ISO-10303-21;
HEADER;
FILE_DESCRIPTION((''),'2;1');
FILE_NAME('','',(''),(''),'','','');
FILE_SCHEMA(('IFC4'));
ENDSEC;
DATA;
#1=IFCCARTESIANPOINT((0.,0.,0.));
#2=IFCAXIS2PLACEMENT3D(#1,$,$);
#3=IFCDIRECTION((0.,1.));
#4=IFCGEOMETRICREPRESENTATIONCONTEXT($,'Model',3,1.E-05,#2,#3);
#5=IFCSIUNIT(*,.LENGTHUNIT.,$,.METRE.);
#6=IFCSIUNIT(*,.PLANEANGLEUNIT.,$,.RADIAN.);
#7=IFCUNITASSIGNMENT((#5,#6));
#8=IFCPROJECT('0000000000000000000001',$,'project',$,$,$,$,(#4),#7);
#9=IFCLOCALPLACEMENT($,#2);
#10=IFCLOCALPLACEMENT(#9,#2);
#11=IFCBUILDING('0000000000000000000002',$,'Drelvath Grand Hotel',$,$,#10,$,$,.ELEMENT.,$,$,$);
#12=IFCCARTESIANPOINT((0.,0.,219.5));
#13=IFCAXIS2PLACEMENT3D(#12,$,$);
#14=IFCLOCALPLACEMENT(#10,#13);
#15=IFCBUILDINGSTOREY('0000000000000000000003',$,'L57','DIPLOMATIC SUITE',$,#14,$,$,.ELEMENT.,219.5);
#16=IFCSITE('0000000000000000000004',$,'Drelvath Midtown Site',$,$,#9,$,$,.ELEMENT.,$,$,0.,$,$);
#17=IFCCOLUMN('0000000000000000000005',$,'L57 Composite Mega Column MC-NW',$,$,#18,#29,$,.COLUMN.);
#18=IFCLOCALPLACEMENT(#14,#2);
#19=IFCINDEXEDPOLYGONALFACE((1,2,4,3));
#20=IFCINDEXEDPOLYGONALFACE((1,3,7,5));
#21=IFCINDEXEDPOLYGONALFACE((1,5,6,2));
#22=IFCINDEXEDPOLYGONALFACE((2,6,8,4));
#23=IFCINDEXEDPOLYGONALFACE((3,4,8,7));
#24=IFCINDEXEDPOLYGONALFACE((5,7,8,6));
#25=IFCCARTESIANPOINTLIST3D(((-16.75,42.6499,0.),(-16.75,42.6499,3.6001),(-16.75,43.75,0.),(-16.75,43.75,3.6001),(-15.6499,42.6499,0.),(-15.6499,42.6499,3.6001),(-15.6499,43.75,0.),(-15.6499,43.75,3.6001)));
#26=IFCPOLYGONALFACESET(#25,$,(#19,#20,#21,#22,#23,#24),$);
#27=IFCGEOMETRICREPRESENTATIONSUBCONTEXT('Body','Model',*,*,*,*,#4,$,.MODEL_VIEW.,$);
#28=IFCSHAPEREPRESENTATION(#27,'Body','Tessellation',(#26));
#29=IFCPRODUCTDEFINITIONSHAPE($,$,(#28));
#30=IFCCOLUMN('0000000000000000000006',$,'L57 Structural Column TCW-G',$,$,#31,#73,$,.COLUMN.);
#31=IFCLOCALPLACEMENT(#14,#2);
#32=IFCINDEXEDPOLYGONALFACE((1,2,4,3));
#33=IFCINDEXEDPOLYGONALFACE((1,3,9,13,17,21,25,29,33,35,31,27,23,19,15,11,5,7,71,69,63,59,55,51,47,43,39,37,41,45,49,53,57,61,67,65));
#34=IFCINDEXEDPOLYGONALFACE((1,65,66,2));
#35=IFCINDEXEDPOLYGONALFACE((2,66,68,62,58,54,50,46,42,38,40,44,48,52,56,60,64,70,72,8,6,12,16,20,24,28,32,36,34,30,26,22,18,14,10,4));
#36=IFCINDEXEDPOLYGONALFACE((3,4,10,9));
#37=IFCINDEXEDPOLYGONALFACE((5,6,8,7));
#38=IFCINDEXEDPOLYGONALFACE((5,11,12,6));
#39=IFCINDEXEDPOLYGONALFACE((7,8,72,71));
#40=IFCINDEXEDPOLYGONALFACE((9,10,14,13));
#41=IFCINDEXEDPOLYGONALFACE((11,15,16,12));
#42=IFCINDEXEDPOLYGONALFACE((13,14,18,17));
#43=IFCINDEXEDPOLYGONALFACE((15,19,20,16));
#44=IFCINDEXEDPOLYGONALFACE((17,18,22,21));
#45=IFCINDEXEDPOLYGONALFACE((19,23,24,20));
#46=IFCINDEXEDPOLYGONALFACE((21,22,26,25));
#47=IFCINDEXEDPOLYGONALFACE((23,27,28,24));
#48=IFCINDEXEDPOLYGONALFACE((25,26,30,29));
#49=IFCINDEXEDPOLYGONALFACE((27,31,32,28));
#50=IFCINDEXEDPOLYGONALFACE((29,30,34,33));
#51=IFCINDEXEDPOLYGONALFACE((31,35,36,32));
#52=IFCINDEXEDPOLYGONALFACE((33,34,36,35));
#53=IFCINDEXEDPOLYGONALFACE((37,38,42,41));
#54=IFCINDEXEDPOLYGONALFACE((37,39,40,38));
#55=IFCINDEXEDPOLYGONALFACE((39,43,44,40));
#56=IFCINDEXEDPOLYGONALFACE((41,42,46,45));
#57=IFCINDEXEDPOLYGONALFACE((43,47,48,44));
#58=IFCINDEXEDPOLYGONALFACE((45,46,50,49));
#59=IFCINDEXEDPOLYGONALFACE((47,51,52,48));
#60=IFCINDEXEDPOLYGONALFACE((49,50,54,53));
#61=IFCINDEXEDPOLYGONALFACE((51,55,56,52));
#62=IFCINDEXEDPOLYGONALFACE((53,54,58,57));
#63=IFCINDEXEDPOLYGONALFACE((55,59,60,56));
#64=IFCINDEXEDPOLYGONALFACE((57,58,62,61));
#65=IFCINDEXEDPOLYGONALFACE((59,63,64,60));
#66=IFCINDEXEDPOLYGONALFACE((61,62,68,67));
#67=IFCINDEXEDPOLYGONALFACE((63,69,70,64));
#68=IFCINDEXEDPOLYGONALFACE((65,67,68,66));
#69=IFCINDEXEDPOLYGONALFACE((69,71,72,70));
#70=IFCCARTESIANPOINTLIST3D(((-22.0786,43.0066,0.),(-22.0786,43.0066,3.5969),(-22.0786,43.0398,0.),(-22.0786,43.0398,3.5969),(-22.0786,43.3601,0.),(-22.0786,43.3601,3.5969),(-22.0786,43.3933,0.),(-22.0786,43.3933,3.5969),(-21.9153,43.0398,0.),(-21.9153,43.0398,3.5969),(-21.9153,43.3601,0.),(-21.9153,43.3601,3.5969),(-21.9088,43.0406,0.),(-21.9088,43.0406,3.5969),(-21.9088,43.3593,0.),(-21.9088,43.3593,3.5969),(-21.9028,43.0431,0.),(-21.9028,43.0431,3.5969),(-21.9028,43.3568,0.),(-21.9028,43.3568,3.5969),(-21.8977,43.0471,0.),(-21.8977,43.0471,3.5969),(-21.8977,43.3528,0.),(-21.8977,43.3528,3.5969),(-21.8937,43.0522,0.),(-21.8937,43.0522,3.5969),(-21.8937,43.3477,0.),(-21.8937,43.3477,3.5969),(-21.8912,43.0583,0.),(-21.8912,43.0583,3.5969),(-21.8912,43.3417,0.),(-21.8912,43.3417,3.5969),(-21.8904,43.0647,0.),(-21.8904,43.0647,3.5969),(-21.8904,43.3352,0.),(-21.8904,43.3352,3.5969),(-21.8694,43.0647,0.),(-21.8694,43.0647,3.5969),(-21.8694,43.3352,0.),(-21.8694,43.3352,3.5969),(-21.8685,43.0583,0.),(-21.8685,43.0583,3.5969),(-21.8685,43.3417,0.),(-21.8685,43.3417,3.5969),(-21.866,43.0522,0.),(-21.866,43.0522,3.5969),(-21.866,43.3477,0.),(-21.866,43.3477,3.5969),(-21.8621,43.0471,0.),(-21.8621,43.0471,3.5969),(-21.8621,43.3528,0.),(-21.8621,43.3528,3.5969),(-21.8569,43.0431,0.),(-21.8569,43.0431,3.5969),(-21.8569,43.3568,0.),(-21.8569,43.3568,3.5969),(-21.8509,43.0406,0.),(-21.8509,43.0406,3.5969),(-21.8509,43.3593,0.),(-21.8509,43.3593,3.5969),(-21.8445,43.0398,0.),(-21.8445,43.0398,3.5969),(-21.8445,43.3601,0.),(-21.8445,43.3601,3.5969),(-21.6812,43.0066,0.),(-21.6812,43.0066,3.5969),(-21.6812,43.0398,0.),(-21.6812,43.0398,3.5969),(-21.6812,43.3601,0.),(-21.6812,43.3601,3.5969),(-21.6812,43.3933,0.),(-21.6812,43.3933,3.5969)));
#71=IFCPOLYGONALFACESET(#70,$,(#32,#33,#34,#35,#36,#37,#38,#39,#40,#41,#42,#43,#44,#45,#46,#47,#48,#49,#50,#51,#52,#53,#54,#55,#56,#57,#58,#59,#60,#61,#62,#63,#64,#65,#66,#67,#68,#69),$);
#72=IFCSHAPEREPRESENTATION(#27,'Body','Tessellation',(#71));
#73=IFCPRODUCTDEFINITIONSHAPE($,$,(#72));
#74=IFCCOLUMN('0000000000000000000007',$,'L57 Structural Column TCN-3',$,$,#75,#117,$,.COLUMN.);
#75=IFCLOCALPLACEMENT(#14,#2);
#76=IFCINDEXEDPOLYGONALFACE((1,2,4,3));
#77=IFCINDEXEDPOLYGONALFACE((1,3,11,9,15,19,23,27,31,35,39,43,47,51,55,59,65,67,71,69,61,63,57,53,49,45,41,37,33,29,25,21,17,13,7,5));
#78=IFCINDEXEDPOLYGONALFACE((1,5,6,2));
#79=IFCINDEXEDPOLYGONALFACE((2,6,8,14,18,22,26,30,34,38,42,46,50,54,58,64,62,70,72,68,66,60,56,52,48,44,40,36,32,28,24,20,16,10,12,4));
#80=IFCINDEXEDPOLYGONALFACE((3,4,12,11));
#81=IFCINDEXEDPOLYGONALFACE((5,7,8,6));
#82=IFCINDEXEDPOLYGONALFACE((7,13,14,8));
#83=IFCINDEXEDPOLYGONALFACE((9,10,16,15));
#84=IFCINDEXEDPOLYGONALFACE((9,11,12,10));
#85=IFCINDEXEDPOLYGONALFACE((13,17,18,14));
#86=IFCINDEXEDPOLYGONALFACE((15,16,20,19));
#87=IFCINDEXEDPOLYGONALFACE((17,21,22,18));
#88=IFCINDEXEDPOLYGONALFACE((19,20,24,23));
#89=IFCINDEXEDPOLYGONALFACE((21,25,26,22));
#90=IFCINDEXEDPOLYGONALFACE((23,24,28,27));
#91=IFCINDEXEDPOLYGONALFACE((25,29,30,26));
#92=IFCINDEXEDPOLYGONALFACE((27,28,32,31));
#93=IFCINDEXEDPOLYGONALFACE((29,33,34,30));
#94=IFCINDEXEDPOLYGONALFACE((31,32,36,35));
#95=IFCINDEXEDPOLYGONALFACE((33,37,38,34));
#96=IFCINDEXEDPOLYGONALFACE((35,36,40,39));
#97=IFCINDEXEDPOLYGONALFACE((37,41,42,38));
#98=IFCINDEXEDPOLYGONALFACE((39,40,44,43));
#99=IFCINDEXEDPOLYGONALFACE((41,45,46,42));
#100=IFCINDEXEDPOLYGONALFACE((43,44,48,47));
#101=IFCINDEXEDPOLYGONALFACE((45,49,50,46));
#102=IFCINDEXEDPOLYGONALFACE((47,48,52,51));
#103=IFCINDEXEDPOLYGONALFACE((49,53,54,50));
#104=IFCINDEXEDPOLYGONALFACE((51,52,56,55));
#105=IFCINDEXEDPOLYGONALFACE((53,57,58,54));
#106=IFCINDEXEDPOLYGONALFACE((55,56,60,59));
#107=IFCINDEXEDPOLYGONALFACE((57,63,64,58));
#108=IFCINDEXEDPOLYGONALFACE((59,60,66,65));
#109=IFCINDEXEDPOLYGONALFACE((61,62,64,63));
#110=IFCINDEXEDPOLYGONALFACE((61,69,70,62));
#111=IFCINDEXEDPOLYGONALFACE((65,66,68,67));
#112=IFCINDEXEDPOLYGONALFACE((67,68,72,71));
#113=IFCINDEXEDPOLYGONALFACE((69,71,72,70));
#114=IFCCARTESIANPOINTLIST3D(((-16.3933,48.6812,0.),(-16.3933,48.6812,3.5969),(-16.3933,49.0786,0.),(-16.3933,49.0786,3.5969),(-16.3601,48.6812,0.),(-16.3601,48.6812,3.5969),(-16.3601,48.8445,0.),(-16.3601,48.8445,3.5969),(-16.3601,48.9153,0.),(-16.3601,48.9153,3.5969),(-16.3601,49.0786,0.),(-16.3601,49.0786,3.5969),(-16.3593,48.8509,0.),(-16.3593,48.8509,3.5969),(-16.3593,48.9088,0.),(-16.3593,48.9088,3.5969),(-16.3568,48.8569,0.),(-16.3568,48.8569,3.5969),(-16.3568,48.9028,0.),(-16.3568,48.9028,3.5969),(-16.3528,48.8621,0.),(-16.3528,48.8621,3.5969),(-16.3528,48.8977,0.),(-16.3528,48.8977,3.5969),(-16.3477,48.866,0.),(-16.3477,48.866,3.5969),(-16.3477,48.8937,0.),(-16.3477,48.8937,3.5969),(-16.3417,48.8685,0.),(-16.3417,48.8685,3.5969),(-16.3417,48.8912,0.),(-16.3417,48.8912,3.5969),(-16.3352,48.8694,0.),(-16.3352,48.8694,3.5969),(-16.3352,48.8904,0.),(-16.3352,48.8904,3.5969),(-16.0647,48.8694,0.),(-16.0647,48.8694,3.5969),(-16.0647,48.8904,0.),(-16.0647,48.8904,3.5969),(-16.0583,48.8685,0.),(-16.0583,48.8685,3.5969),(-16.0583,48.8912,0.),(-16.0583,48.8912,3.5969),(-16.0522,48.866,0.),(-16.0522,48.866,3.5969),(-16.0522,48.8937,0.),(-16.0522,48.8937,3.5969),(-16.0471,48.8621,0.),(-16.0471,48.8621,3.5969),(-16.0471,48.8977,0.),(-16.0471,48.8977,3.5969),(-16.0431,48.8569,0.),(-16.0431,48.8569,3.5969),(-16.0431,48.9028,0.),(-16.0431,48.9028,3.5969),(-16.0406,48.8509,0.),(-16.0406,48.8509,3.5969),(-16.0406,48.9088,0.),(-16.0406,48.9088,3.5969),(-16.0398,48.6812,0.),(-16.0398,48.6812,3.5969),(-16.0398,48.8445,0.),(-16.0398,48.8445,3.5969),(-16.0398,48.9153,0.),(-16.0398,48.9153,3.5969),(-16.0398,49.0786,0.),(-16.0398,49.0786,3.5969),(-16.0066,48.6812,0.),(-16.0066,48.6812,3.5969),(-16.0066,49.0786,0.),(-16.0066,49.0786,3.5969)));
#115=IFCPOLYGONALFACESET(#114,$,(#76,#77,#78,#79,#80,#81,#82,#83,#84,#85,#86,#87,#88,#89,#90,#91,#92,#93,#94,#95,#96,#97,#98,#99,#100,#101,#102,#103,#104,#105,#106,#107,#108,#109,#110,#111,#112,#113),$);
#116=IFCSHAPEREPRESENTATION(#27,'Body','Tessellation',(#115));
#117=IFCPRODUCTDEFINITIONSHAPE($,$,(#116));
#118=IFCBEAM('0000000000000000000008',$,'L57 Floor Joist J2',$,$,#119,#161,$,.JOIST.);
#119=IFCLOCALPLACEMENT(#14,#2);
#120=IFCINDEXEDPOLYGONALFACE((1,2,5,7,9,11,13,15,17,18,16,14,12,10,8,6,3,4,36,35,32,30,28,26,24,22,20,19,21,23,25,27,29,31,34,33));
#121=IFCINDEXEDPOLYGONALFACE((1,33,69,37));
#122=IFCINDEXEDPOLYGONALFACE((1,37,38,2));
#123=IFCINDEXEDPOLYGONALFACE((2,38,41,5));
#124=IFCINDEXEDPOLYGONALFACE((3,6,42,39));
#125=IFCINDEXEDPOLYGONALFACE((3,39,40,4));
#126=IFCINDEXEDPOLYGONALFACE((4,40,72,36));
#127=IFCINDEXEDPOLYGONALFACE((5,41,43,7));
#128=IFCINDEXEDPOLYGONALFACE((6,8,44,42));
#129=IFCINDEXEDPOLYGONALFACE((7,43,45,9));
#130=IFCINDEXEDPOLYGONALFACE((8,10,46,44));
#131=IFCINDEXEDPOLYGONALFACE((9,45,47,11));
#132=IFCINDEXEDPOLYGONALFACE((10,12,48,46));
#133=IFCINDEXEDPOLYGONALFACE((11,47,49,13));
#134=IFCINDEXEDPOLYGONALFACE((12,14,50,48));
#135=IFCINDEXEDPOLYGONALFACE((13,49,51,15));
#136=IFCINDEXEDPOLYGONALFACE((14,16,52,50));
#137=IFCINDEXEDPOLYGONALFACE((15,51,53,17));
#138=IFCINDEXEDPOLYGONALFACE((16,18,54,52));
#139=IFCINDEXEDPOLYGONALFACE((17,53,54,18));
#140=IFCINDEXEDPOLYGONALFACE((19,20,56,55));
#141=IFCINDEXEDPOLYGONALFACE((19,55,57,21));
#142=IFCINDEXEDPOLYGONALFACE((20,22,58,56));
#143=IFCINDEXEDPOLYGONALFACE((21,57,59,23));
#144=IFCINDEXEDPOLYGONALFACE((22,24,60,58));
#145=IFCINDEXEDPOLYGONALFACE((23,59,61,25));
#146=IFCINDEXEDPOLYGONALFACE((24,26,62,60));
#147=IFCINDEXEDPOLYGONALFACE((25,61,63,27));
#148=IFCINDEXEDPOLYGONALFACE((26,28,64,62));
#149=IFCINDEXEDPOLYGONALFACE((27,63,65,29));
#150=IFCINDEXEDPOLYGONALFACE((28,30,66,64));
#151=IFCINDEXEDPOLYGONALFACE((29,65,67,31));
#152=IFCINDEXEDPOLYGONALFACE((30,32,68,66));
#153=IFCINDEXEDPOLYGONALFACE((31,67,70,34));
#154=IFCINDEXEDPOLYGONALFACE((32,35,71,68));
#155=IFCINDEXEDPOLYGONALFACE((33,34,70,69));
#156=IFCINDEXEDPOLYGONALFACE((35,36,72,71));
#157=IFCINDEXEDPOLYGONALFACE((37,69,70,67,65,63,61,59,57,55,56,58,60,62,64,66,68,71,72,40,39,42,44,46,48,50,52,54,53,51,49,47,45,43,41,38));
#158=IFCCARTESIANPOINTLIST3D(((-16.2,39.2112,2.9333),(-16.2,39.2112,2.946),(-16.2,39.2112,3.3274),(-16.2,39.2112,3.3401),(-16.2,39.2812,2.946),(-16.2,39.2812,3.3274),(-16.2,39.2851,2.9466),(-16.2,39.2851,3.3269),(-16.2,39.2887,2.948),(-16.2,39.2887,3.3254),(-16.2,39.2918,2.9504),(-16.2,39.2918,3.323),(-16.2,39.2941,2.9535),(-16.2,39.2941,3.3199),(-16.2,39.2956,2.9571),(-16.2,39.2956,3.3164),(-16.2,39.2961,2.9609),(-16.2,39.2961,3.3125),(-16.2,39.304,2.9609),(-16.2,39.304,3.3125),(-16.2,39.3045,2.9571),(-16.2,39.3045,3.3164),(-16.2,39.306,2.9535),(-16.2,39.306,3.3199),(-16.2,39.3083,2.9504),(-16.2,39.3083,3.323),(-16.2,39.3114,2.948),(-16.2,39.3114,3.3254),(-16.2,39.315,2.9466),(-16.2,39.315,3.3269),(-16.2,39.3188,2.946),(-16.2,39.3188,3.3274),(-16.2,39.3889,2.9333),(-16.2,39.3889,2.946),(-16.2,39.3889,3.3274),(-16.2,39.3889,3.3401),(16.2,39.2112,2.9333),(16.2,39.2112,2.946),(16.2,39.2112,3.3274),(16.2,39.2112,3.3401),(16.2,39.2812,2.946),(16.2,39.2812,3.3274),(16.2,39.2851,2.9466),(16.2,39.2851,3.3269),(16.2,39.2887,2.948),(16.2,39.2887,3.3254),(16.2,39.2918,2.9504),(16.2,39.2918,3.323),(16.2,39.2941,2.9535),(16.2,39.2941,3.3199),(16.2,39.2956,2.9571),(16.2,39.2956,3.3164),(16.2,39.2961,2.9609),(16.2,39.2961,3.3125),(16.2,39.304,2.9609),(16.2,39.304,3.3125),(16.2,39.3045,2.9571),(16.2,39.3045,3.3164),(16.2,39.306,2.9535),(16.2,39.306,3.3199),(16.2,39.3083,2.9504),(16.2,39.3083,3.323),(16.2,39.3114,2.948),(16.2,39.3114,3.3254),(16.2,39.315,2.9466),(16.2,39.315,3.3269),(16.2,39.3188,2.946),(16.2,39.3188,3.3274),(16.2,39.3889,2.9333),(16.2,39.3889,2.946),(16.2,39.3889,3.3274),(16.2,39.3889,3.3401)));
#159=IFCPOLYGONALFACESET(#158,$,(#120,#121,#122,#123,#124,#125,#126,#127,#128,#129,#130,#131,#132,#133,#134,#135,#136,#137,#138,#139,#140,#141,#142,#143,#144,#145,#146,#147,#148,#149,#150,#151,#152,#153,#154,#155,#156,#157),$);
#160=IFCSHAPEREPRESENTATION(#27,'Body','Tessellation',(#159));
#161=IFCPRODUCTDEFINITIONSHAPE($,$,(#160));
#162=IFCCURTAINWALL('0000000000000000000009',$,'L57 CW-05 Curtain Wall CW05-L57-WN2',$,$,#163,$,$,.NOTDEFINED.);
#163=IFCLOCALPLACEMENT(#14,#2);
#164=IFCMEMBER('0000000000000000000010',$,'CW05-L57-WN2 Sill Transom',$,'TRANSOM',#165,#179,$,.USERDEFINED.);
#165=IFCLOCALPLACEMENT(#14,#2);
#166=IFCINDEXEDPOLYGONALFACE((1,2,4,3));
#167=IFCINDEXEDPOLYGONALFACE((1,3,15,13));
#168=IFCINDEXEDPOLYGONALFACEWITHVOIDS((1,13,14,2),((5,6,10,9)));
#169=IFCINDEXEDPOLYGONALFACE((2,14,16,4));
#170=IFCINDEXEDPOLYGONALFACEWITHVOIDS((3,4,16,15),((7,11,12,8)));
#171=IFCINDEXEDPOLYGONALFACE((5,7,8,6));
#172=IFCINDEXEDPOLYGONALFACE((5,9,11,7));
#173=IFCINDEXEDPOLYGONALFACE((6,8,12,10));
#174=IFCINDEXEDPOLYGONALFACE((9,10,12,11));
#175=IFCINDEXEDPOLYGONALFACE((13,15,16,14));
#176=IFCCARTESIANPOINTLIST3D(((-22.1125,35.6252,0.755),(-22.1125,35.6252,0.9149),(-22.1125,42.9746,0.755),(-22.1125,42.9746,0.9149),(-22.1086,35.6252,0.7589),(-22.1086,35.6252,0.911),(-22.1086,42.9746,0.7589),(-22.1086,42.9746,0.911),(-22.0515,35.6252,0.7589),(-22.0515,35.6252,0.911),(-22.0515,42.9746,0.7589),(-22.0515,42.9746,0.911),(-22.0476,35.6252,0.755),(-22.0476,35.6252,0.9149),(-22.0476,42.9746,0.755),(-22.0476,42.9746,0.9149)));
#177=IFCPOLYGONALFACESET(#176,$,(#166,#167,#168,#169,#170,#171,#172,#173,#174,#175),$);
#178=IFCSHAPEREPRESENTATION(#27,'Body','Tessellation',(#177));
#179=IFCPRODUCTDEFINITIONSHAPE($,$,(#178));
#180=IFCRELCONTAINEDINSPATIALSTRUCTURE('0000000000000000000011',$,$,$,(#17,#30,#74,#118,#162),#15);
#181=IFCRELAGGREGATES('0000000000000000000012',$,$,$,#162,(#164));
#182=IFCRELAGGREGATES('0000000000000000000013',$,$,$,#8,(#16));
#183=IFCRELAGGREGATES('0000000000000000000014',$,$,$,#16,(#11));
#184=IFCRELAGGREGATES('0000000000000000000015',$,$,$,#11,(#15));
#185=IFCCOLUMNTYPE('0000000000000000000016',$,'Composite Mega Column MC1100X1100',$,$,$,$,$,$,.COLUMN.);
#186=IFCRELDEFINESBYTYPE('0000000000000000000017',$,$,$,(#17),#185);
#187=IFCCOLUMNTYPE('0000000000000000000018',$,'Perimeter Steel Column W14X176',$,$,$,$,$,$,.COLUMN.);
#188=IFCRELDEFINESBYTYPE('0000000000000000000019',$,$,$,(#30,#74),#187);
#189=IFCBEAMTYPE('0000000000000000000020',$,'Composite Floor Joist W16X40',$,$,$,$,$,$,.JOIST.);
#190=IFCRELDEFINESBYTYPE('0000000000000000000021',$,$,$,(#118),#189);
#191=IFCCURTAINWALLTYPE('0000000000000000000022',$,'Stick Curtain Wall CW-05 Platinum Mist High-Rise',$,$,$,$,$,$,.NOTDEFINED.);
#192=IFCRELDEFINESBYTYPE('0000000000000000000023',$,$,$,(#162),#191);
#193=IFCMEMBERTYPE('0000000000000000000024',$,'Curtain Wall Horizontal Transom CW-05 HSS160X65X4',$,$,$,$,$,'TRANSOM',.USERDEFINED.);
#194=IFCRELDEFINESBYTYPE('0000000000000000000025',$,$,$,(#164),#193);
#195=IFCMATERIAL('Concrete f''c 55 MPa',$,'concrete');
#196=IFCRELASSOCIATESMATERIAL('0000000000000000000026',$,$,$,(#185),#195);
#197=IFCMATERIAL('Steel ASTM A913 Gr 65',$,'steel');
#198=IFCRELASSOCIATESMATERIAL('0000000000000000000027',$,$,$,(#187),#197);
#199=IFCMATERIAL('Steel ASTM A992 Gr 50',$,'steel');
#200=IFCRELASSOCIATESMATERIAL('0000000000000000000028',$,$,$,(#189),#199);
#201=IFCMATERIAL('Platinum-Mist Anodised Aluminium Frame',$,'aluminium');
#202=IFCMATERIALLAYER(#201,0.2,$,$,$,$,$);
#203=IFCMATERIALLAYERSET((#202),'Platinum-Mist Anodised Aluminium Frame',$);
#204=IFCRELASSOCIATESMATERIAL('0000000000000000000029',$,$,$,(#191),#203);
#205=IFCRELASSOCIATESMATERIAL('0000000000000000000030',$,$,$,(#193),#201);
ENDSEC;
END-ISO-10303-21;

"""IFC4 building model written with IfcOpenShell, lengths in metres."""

from ifc_helpers import new_model, si_unit, direction, frame, origin, origin_2d, place, context, subcontext, project, spatial, rectangle, hollow_rectangle, i_section, extrude, material, layer, layer_set, material_profile, profile_set, type_object, element, aggregate, save


model = new_model("IFC4")

# Units and contexts
model_context = context("Model", 3, precision=1e-05, world=origin(), true_north=direction((0.0, 1.0)))
body_context = subcontext(model_context, "Body", "Model", "MODEL_VIEW")
ifc_project = project(units=[si_unit("LENGTHUNIT", "METRE"), si_unit("PLANEANGLEUNIT", "RADIAN")], contexts=[model_context])

# Site, building, storey
site_placement = place(None, origin())
site = spatial("IfcSite", under=ifc_project, at=site_placement, Name="Drelvath Midtown Site", CompositionType="ELEMENT", RefElevation=0.0)
building_placement = place(site_placement, origin())
building = spatial("IfcBuilding", under=site, at=building_placement, Name="Drelvath Grand Hotel", CompositionType="ELEMENT")
storey_placement = place(building_placement, frame((0.0, 0.0, 219.5)))
storey = spatial("IfcBuildingStorey", under=building, at=storey_placement, Name="L57", Description="DIPLOMATIC SUITE", CompositionType="ELEMENT", Elevation=219.5)

# Columns
ifc_material_1 = material(Name="Concrete f'c 55 MPa", Category="concrete")
ifc_material_profile_1 = material_profile(ifc_material_1, rectangle(XDim=1.1001, YDim=1.1001, at=origin_2d()), Name="MC1100X1100")
ifc_profile_set_1 = profile_set([ifc_material_profile_1], Name="Concrete f'c 55 MPa")
column_type_1 = type_object("IfcColumnType", Name="Composite Mega Column MC1100X1100", PredefinedType="COLUMN", material=ifc_profile_set_1)
column_placement = place(storey_placement, frame((-16.2, 43.2, 0.0), z_axis=(0.0, 0.0, 1.0), x_axis=(1.0, 0.0, 0.0)))
element("IfcColumn", 1, at=column_placement, inside=storey, type_object=column_type_1, Name="L57 Composite Mega Column MC-NW", PredefinedType="COLUMN", context=body_context, shape_type="SweptSolid", body=[
    extrude(rectangle(XDim=1.1001, YDim=1.1001, at=origin_2d()), origin(), (0.0, 0.0, 1.0), 3.6001),
])
ifc_material_2 = material(Name="Steel ASTM A913 Gr 65", Category="steel")
ifc_material_profile_2 = material_profile(ifc_material_2, i_section(OverallWidth=0.3975, OverallDepth=0.3867, WebThickness=0.021, FlangeThickness=0.0332, FilletRadius=0.0249, at=origin_2d()), Name="W14X176")
ifc_profile_set_2 = profile_set([ifc_material_profile_2], Name="Steel ASTM A913 Gr 65")
column_type_2 = type_object("IfcColumnType", Name="Perimeter Steel Column W14X176", PredefinedType="COLUMN", material=ifc_profile_set_2)
for number, where, z_axis, x_axis, name in (
    (2, (-21.8799, 43.2, 0.0), (0.0, 0.0, 1.0), (1.0, 0.0, 0.0), "L57 Structural Column TCW-G"),
    (3, (-16.2, 48.8799, 0.0), (0.0, 0.0, 1.0), (0.0, 1.0, 0.0), "L57 Structural Column TCN-3"),
):
    element("IfcColumn", number, at=place(storey_placement, frame(where, z_axis=z_axis, x_axis=x_axis)), inside=storey, type_object=column_type_2, Name=name, PredefinedType="COLUMN", context=body_context, shape_type="SweptSolid", body=[
        extrude(i_section(OverallWidth=0.3975, OverallDepth=0.3867, WebThickness=0.021, FlangeThickness=0.0332, FilletRadius=0.0249, at=origin_2d()), origin(), (0.0, 0.0, 1.0), 3.5969),
    ])

# Beam
ifc_material_3 = material(Name="Steel ASTM A992 Gr 50", Category="steel")
ifc_material_profile_3 = material_profile(ifc_material_3, i_section(OverallWidth=0.1777, OverallDepth=0.4067, WebThickness=0.0078, FlangeThickness=0.0127, FilletRadius=0.0149, at=origin_2d()), Name="W16X40")
ifc_profile_set_3 = profile_set([ifc_material_profile_3], Name="Steel ASTM A992 Gr 50")
beam_type_1 = type_object("IfcBeamType", Name="Composite Floor Joist W16X40", PredefinedType="JOIST", material=ifc_profile_set_3)
beam_1_placement = place(storey_placement, frame((-16.2, 39.3, 3.1367), z_axis=(1.0, 0.0, 0.0), x_axis=(0.0, 1.0, 0.0)))
element("IfcBeam", 4, at=beam_1_placement, inside=storey, type_object=beam_type_1, Name="L57 Floor Joist J2", PredefinedType="JOIST", context=body_context, shape_type="SweptSolid", body=[
    extrude(i_section(OverallWidth=0.1777, OverallDepth=0.4067, WebThickness=0.0078, FlangeThickness=0.0127, FilletRadius=0.0149, at=origin_2d()), origin(), (0.0, 0.0, 1.0), 32.3999),
])

# Curtain wall, member
ifc_material_4 = material(Name="Platinum-Mist Anodised Aluminium Frame", Category="aluminium")
ifc_layer_1 = layer(ifc_material_4, 0.2)
ifc_layer_set_1 = layer_set([ifc_layer_1], Name="Platinum-Mist Anodised Aluminium Frame")
curtain_wall_type = type_object("IfcCurtainWallType", Name="Stick Curtain Wall CW-05 Platinum Mist High-Rise", PredefinedType="NOTDEFINED", material=ifc_layer_set_1)
curtain_wall_placement = place(storey_placement, origin())
curtain_wall = element("IfcCurtainWall", 5, at=curtain_wall_placement, inside=storey, type_object=curtain_wall_type, Name="L57 CW-05 Curtain Wall CW05-L57-WN2", PredefinedType="NOTDEFINED")
ifc_material_profile_4 = material_profile(ifc_material_4, hollow_rectangle(XDim=0.0649, YDim=0.1599, WallThickness=0.0039, at=origin_2d()), Name="HSS160X65X4")
ifc_profile_set_4 = profile_set([ifc_material_profile_4], Name="Platinum-Mist Anodised Aluminium Frame")
member_type_1 = type_object("IfcMemberType", Name="Curtain Wall Horizontal Transom CW-05 HSS160X65X4", ElementType="TRANSOM", PredefinedType="USERDEFINED", material=ifc_profile_set_4)
member_1_placement = place(storey_placement, frame((-22.0801, 35.6252, 0.835), z_axis=(0.0, 1.0, 0.0), x_axis=(-1.0, 0.0, 0.0)))
member_1 = element("IfcMember", 6, at=member_1_placement, type_object=member_type_1, Name="CW05-L57-WN2 Sill Transom", ObjectType="TRANSOM", PredefinedType="USERDEFINED", context=body_context, shape_type="SweptSolid", body=[
    extrude(hollow_rectangle(XDim=0.0649, YDim=0.1599, WallThickness=0.0039, at=origin_2d()), origin(), (0.0, 0.0, 1.0), 7.3494),
])

aggregate(curtain_wall, [member_1])

save(model, "model.ifc")
